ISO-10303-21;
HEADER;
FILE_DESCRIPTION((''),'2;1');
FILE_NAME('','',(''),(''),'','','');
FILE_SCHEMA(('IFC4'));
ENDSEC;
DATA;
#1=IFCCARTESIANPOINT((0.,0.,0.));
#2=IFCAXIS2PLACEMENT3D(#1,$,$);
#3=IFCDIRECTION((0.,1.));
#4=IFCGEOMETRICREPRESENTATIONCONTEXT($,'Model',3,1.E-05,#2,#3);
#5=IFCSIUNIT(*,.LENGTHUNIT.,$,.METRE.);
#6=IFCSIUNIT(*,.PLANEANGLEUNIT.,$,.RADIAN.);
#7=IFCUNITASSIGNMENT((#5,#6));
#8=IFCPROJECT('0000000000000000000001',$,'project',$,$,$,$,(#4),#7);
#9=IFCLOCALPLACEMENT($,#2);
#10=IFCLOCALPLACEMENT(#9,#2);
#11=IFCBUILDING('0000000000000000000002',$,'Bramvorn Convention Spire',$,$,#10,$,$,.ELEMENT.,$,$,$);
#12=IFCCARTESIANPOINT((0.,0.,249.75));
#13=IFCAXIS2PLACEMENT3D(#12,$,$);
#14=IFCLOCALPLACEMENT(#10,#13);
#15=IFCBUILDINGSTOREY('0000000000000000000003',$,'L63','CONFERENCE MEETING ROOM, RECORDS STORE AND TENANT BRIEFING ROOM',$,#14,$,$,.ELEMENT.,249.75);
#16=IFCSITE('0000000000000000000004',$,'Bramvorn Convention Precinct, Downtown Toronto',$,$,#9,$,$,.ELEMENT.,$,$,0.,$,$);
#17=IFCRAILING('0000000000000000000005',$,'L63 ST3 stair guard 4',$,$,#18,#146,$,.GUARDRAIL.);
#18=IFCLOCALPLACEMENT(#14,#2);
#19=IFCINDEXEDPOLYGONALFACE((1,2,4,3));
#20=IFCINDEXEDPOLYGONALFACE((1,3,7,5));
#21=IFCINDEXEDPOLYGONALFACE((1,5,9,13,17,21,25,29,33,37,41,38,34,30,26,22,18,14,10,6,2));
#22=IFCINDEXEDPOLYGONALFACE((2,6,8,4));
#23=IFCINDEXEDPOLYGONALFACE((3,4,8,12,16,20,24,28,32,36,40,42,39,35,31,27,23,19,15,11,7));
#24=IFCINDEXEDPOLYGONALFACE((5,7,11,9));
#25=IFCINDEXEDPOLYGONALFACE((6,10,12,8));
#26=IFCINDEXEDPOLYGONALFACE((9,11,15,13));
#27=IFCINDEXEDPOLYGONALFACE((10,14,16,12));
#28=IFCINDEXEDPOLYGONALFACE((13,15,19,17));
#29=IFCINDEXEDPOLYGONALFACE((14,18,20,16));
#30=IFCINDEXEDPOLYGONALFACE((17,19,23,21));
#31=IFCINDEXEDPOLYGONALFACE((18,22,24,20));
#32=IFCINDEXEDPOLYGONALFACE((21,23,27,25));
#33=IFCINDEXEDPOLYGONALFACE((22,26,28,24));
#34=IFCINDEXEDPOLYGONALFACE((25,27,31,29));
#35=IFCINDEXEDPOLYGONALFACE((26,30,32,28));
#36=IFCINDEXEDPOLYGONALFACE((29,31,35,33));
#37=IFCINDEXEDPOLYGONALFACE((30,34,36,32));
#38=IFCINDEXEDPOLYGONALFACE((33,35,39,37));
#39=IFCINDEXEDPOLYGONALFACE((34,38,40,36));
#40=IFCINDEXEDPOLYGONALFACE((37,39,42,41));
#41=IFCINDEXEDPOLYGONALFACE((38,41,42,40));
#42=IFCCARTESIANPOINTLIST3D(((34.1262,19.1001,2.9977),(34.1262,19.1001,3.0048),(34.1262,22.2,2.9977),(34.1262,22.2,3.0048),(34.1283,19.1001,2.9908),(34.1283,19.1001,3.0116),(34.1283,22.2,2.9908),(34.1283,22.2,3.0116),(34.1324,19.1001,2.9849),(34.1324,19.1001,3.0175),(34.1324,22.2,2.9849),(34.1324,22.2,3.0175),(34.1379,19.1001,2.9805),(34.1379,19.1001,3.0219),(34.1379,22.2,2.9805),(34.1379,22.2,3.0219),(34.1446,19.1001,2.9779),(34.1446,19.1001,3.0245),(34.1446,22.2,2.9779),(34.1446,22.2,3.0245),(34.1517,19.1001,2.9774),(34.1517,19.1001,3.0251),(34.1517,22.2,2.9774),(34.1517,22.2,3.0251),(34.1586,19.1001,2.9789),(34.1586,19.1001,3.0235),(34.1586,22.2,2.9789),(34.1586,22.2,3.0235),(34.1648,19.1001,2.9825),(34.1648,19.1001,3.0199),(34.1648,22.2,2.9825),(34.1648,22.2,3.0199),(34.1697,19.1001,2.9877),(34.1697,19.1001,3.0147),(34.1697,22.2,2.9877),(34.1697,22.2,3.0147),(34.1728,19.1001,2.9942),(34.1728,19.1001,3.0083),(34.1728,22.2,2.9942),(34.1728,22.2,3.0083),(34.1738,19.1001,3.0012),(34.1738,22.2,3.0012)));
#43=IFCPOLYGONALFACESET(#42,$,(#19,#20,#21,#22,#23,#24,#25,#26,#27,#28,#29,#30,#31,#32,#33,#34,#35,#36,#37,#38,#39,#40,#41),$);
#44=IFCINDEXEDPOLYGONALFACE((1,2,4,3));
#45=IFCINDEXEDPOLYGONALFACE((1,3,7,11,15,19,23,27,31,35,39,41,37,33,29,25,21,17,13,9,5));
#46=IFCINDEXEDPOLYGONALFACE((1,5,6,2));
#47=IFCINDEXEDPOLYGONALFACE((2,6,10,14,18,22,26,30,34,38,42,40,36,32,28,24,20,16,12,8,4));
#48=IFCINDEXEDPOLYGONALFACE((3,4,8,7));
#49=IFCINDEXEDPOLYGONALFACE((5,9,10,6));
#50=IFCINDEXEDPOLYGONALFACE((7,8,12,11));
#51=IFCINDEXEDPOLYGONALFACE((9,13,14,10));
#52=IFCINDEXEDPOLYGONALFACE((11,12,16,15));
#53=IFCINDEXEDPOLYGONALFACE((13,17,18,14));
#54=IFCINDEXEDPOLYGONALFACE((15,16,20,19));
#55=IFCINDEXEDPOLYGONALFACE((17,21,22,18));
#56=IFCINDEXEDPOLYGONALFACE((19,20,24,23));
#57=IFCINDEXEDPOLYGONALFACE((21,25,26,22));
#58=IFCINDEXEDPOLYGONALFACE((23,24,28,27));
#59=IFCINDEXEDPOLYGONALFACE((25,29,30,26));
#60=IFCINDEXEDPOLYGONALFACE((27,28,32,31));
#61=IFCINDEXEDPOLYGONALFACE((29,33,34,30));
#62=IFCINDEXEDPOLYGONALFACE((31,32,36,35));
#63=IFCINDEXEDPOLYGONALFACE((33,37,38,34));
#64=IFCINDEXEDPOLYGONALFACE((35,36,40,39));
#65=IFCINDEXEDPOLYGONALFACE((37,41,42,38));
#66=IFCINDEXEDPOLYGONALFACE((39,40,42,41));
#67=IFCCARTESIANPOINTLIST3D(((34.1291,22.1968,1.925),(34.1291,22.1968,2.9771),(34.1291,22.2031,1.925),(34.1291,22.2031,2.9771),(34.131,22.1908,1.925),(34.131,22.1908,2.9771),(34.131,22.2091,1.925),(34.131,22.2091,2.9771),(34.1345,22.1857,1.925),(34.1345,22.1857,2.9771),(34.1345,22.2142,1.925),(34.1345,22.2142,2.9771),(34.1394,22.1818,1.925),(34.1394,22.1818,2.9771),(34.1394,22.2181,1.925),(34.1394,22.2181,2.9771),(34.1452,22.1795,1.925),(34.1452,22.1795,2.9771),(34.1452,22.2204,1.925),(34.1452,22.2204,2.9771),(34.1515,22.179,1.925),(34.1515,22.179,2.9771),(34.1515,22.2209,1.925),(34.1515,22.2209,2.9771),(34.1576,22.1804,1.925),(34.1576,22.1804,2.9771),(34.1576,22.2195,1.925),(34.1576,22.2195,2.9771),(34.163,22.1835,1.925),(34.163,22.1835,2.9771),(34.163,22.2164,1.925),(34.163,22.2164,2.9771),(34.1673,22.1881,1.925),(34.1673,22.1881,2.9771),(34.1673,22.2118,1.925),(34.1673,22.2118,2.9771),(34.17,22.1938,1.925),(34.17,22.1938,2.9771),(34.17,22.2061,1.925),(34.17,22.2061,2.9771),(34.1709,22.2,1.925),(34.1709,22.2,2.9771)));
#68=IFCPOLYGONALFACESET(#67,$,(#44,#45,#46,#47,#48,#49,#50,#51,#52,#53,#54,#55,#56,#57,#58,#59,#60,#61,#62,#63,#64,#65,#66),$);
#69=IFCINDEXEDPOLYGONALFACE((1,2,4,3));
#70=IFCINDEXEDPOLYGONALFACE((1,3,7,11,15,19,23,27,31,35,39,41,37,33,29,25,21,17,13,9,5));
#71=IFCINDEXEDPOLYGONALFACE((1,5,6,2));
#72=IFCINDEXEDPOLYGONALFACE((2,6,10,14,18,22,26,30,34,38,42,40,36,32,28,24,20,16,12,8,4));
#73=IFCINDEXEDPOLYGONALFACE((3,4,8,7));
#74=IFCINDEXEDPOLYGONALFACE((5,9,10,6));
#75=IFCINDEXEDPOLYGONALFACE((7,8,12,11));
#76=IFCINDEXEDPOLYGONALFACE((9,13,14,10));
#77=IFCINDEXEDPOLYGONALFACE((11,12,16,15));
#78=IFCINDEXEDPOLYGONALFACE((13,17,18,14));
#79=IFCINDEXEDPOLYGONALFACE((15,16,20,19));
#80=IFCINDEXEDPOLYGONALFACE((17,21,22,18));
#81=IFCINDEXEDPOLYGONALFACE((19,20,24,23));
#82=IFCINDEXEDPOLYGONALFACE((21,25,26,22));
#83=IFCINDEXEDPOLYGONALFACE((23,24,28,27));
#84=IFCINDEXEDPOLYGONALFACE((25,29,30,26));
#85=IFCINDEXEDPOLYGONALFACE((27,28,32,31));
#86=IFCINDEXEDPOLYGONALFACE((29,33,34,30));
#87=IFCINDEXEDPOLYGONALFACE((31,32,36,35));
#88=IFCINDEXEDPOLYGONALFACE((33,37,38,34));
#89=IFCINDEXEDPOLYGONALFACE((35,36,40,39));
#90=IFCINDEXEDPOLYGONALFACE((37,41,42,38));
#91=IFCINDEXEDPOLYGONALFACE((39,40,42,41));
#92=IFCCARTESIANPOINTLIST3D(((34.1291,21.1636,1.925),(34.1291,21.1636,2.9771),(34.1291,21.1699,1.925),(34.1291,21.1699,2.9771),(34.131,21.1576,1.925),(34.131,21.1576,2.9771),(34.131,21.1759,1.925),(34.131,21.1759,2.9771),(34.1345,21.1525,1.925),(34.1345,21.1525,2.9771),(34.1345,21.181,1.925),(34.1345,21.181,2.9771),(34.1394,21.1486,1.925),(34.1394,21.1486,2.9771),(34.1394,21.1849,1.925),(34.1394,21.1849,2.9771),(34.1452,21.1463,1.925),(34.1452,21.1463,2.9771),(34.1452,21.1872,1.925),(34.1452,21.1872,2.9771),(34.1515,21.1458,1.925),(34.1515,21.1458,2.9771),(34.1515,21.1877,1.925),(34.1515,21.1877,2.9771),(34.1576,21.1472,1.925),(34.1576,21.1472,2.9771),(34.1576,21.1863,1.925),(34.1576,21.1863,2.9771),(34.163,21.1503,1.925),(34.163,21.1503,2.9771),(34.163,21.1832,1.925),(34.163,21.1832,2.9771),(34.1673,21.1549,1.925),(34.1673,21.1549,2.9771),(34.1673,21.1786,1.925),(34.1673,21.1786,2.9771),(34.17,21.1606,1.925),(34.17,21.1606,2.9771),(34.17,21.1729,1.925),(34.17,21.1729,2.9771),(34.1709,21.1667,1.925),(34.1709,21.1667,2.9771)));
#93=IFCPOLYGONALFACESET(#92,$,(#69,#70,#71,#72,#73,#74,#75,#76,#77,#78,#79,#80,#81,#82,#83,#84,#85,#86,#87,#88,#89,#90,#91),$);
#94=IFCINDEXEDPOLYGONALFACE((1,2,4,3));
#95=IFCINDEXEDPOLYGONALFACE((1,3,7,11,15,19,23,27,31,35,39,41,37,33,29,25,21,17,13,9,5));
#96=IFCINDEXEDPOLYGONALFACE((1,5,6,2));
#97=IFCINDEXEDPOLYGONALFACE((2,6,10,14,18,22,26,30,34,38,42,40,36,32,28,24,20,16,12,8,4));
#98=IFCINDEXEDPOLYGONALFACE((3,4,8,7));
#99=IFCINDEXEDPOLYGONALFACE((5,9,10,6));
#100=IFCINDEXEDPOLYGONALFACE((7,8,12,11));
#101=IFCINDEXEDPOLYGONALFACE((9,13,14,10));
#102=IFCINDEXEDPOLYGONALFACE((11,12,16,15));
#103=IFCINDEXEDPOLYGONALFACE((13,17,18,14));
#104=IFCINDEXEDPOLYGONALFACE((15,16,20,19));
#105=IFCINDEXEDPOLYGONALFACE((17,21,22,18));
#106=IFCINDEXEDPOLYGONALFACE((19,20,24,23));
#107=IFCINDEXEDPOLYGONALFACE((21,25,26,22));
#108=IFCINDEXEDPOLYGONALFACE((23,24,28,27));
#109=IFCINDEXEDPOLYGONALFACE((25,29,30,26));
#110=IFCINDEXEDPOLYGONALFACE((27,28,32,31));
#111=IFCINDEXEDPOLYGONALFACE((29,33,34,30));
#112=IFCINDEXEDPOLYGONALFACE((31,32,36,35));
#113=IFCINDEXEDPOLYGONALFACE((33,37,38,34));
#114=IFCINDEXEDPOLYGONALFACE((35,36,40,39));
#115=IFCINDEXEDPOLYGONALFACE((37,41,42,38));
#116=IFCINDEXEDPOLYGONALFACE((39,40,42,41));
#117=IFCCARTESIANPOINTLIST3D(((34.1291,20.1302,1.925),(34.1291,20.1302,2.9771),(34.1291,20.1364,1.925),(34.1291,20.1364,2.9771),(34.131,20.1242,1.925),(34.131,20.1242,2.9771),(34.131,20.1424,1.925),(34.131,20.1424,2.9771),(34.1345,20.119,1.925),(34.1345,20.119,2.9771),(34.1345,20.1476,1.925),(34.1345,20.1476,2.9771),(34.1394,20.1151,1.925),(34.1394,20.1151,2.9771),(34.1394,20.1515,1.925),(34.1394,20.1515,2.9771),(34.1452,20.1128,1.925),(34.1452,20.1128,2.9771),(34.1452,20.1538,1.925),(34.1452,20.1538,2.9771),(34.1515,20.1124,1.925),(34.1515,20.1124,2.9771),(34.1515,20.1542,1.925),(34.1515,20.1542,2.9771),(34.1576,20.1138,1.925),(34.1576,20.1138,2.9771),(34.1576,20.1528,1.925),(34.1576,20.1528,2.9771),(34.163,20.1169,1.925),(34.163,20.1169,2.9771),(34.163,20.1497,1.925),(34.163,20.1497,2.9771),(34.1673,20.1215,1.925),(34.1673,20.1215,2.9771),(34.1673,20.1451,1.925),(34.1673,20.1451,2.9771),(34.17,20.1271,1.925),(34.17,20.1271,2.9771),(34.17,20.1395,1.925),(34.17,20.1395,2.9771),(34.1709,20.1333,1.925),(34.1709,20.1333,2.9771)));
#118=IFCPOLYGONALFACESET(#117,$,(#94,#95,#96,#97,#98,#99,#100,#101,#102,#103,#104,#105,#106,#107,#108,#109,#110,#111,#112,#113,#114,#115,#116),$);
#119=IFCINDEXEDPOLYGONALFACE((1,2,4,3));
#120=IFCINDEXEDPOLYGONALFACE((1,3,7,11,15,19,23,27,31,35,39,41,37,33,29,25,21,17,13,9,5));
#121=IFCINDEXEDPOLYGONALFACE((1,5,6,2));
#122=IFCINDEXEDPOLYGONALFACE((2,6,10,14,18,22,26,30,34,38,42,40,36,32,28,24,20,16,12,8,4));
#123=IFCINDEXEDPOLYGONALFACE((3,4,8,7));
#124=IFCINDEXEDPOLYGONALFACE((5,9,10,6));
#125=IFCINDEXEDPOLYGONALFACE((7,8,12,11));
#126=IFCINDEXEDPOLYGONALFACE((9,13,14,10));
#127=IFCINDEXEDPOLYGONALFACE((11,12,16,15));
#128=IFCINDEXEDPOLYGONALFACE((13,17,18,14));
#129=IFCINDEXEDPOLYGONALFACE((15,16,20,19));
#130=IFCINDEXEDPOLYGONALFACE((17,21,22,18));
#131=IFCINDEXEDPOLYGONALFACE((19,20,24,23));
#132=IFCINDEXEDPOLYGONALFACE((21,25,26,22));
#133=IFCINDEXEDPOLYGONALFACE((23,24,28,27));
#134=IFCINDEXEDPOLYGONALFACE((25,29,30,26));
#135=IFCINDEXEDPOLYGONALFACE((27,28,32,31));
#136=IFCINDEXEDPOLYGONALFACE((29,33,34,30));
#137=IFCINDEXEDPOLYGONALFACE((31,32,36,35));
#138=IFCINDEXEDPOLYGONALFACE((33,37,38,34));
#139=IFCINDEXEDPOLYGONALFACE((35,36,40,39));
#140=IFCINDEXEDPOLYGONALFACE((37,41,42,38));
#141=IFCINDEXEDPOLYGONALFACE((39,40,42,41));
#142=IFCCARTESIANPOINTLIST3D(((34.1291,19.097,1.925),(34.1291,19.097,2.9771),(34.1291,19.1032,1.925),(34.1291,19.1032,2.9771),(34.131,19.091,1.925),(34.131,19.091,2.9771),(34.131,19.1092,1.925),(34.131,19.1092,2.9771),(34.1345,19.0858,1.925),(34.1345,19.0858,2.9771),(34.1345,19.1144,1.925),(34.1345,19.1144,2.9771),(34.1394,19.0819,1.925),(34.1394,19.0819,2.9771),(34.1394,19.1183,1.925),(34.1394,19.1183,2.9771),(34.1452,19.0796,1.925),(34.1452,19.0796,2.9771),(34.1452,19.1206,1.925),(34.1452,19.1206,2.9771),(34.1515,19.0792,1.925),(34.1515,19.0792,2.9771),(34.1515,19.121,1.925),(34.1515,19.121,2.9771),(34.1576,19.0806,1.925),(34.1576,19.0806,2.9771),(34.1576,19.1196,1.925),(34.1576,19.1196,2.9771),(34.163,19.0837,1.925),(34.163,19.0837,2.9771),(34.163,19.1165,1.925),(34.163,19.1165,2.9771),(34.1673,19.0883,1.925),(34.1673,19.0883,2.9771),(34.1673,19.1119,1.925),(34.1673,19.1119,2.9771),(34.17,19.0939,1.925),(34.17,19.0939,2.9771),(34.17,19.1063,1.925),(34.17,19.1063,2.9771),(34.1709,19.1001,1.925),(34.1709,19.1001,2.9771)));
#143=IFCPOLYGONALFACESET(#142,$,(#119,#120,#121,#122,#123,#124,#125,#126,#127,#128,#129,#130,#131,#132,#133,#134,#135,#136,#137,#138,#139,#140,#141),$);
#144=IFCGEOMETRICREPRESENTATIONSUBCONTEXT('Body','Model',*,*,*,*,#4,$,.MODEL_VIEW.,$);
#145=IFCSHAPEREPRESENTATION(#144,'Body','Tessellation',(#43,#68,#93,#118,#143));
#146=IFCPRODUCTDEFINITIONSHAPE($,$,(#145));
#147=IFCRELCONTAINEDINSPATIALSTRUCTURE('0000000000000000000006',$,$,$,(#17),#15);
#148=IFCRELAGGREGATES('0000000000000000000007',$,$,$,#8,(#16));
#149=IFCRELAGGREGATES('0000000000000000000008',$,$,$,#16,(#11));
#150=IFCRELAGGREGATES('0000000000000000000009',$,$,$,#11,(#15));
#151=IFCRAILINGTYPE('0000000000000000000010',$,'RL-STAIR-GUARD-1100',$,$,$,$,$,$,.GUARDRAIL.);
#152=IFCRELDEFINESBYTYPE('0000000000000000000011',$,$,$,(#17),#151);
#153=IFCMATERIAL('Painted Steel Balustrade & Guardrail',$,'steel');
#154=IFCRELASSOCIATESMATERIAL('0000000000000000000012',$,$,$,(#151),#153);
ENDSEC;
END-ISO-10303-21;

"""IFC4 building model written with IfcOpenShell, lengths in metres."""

from ifc_helpers import new_model, si_unit, direction, frame, origin, origin_2d, place, context, subcontext, project, spatial, circle, extrude, material, type_object, element, save


model = new_model("IFC4")

# Units and contexts
model_context = context("Model", 3, precision=1e-05, world=origin(), true_north=direction((0.0, 1.0)))
body_context = subcontext(model_context, "Body", "Model", "MODEL_VIEW")
ifc_project = project(units=[si_unit("LENGTHUNIT", "METRE"), si_unit("PLANEANGLEUNIT", "RADIAN")], contexts=[model_context])

# Site, building, storey
site_placement = place(None, origin())
site = spatial("IfcSite", under=ifc_project, at=site_placement, Name="Bramvorn Convention Precinct, Downtown Toronto", CompositionType="ELEMENT", RefElevation=0.0)
building_placement = place(site_placement, origin())
building = spatial("IfcBuilding", under=site, at=building_placement, Name="Bramvorn Convention Spire", CompositionType="ELEMENT")
storey_placement = place(building_placement, frame((0.0, 0.0, 249.75)))
storey = spatial("IfcBuildingStorey", under=building, at=storey_placement, Name="L63", Description="CONFERENCE MEETING ROOM, RECORDS STORE AND TENANT BRIEFING ROOM", CompositionType="ELEMENT", Elevation=249.75)

# Railing
ifc_material_1 = material(Name="Painted Steel Balustrade & Guardrail", Category="steel")
railing_type_1 = type_object("IfcRailingType", Name="RL-STAIR-GUARD-1100", PredefinedType="GUARDRAIL", material=ifc_material_1)
for number, where, name in (
    (1, (34.1499, 22.2, 1.925), "L63 ST3 stair guard 4"),
):
    element("IfcRailing", number, at=place(storey_placement, frame(where)), inside=storey, type_object=railing_type_1, Name=name, PredefinedType="GUARDRAIL", context=body_context, shape_type="SweptSolid", body=[
        extrude(circle(Radius=0.0239, at=origin_2d()), frame((0.0, 0.0, 1.0762), z_axis=(0.0, -1.0, 0.0), x_axis=(1.0, 0.0, 0.0)), (0.0, 0.0, 1.0), 3.0999),
        extrude(circle(Radius=0.021, at=origin_2d()), origin(), (0.0, 0.0, 1.0), 1.052),
        extrude(circle(Radius=0.021, at=origin_2d()), frame((0.0, -1.0332, 0.0)), (0.0, 0.0, 1.0), 1.052),
        extrude(circle(Radius=0.021, at=origin_2d()), frame((0.0, -2.0667, 0.0)), (0.0, 0.0, 1.0), 1.052),
        extrude(circle(Radius=0.021, at=origin_2d()), frame((0.0, -3.0999, 0.0)), (0.0, 0.0, 1.0), 1.052),
    ])

save(model, "model.ifc")
